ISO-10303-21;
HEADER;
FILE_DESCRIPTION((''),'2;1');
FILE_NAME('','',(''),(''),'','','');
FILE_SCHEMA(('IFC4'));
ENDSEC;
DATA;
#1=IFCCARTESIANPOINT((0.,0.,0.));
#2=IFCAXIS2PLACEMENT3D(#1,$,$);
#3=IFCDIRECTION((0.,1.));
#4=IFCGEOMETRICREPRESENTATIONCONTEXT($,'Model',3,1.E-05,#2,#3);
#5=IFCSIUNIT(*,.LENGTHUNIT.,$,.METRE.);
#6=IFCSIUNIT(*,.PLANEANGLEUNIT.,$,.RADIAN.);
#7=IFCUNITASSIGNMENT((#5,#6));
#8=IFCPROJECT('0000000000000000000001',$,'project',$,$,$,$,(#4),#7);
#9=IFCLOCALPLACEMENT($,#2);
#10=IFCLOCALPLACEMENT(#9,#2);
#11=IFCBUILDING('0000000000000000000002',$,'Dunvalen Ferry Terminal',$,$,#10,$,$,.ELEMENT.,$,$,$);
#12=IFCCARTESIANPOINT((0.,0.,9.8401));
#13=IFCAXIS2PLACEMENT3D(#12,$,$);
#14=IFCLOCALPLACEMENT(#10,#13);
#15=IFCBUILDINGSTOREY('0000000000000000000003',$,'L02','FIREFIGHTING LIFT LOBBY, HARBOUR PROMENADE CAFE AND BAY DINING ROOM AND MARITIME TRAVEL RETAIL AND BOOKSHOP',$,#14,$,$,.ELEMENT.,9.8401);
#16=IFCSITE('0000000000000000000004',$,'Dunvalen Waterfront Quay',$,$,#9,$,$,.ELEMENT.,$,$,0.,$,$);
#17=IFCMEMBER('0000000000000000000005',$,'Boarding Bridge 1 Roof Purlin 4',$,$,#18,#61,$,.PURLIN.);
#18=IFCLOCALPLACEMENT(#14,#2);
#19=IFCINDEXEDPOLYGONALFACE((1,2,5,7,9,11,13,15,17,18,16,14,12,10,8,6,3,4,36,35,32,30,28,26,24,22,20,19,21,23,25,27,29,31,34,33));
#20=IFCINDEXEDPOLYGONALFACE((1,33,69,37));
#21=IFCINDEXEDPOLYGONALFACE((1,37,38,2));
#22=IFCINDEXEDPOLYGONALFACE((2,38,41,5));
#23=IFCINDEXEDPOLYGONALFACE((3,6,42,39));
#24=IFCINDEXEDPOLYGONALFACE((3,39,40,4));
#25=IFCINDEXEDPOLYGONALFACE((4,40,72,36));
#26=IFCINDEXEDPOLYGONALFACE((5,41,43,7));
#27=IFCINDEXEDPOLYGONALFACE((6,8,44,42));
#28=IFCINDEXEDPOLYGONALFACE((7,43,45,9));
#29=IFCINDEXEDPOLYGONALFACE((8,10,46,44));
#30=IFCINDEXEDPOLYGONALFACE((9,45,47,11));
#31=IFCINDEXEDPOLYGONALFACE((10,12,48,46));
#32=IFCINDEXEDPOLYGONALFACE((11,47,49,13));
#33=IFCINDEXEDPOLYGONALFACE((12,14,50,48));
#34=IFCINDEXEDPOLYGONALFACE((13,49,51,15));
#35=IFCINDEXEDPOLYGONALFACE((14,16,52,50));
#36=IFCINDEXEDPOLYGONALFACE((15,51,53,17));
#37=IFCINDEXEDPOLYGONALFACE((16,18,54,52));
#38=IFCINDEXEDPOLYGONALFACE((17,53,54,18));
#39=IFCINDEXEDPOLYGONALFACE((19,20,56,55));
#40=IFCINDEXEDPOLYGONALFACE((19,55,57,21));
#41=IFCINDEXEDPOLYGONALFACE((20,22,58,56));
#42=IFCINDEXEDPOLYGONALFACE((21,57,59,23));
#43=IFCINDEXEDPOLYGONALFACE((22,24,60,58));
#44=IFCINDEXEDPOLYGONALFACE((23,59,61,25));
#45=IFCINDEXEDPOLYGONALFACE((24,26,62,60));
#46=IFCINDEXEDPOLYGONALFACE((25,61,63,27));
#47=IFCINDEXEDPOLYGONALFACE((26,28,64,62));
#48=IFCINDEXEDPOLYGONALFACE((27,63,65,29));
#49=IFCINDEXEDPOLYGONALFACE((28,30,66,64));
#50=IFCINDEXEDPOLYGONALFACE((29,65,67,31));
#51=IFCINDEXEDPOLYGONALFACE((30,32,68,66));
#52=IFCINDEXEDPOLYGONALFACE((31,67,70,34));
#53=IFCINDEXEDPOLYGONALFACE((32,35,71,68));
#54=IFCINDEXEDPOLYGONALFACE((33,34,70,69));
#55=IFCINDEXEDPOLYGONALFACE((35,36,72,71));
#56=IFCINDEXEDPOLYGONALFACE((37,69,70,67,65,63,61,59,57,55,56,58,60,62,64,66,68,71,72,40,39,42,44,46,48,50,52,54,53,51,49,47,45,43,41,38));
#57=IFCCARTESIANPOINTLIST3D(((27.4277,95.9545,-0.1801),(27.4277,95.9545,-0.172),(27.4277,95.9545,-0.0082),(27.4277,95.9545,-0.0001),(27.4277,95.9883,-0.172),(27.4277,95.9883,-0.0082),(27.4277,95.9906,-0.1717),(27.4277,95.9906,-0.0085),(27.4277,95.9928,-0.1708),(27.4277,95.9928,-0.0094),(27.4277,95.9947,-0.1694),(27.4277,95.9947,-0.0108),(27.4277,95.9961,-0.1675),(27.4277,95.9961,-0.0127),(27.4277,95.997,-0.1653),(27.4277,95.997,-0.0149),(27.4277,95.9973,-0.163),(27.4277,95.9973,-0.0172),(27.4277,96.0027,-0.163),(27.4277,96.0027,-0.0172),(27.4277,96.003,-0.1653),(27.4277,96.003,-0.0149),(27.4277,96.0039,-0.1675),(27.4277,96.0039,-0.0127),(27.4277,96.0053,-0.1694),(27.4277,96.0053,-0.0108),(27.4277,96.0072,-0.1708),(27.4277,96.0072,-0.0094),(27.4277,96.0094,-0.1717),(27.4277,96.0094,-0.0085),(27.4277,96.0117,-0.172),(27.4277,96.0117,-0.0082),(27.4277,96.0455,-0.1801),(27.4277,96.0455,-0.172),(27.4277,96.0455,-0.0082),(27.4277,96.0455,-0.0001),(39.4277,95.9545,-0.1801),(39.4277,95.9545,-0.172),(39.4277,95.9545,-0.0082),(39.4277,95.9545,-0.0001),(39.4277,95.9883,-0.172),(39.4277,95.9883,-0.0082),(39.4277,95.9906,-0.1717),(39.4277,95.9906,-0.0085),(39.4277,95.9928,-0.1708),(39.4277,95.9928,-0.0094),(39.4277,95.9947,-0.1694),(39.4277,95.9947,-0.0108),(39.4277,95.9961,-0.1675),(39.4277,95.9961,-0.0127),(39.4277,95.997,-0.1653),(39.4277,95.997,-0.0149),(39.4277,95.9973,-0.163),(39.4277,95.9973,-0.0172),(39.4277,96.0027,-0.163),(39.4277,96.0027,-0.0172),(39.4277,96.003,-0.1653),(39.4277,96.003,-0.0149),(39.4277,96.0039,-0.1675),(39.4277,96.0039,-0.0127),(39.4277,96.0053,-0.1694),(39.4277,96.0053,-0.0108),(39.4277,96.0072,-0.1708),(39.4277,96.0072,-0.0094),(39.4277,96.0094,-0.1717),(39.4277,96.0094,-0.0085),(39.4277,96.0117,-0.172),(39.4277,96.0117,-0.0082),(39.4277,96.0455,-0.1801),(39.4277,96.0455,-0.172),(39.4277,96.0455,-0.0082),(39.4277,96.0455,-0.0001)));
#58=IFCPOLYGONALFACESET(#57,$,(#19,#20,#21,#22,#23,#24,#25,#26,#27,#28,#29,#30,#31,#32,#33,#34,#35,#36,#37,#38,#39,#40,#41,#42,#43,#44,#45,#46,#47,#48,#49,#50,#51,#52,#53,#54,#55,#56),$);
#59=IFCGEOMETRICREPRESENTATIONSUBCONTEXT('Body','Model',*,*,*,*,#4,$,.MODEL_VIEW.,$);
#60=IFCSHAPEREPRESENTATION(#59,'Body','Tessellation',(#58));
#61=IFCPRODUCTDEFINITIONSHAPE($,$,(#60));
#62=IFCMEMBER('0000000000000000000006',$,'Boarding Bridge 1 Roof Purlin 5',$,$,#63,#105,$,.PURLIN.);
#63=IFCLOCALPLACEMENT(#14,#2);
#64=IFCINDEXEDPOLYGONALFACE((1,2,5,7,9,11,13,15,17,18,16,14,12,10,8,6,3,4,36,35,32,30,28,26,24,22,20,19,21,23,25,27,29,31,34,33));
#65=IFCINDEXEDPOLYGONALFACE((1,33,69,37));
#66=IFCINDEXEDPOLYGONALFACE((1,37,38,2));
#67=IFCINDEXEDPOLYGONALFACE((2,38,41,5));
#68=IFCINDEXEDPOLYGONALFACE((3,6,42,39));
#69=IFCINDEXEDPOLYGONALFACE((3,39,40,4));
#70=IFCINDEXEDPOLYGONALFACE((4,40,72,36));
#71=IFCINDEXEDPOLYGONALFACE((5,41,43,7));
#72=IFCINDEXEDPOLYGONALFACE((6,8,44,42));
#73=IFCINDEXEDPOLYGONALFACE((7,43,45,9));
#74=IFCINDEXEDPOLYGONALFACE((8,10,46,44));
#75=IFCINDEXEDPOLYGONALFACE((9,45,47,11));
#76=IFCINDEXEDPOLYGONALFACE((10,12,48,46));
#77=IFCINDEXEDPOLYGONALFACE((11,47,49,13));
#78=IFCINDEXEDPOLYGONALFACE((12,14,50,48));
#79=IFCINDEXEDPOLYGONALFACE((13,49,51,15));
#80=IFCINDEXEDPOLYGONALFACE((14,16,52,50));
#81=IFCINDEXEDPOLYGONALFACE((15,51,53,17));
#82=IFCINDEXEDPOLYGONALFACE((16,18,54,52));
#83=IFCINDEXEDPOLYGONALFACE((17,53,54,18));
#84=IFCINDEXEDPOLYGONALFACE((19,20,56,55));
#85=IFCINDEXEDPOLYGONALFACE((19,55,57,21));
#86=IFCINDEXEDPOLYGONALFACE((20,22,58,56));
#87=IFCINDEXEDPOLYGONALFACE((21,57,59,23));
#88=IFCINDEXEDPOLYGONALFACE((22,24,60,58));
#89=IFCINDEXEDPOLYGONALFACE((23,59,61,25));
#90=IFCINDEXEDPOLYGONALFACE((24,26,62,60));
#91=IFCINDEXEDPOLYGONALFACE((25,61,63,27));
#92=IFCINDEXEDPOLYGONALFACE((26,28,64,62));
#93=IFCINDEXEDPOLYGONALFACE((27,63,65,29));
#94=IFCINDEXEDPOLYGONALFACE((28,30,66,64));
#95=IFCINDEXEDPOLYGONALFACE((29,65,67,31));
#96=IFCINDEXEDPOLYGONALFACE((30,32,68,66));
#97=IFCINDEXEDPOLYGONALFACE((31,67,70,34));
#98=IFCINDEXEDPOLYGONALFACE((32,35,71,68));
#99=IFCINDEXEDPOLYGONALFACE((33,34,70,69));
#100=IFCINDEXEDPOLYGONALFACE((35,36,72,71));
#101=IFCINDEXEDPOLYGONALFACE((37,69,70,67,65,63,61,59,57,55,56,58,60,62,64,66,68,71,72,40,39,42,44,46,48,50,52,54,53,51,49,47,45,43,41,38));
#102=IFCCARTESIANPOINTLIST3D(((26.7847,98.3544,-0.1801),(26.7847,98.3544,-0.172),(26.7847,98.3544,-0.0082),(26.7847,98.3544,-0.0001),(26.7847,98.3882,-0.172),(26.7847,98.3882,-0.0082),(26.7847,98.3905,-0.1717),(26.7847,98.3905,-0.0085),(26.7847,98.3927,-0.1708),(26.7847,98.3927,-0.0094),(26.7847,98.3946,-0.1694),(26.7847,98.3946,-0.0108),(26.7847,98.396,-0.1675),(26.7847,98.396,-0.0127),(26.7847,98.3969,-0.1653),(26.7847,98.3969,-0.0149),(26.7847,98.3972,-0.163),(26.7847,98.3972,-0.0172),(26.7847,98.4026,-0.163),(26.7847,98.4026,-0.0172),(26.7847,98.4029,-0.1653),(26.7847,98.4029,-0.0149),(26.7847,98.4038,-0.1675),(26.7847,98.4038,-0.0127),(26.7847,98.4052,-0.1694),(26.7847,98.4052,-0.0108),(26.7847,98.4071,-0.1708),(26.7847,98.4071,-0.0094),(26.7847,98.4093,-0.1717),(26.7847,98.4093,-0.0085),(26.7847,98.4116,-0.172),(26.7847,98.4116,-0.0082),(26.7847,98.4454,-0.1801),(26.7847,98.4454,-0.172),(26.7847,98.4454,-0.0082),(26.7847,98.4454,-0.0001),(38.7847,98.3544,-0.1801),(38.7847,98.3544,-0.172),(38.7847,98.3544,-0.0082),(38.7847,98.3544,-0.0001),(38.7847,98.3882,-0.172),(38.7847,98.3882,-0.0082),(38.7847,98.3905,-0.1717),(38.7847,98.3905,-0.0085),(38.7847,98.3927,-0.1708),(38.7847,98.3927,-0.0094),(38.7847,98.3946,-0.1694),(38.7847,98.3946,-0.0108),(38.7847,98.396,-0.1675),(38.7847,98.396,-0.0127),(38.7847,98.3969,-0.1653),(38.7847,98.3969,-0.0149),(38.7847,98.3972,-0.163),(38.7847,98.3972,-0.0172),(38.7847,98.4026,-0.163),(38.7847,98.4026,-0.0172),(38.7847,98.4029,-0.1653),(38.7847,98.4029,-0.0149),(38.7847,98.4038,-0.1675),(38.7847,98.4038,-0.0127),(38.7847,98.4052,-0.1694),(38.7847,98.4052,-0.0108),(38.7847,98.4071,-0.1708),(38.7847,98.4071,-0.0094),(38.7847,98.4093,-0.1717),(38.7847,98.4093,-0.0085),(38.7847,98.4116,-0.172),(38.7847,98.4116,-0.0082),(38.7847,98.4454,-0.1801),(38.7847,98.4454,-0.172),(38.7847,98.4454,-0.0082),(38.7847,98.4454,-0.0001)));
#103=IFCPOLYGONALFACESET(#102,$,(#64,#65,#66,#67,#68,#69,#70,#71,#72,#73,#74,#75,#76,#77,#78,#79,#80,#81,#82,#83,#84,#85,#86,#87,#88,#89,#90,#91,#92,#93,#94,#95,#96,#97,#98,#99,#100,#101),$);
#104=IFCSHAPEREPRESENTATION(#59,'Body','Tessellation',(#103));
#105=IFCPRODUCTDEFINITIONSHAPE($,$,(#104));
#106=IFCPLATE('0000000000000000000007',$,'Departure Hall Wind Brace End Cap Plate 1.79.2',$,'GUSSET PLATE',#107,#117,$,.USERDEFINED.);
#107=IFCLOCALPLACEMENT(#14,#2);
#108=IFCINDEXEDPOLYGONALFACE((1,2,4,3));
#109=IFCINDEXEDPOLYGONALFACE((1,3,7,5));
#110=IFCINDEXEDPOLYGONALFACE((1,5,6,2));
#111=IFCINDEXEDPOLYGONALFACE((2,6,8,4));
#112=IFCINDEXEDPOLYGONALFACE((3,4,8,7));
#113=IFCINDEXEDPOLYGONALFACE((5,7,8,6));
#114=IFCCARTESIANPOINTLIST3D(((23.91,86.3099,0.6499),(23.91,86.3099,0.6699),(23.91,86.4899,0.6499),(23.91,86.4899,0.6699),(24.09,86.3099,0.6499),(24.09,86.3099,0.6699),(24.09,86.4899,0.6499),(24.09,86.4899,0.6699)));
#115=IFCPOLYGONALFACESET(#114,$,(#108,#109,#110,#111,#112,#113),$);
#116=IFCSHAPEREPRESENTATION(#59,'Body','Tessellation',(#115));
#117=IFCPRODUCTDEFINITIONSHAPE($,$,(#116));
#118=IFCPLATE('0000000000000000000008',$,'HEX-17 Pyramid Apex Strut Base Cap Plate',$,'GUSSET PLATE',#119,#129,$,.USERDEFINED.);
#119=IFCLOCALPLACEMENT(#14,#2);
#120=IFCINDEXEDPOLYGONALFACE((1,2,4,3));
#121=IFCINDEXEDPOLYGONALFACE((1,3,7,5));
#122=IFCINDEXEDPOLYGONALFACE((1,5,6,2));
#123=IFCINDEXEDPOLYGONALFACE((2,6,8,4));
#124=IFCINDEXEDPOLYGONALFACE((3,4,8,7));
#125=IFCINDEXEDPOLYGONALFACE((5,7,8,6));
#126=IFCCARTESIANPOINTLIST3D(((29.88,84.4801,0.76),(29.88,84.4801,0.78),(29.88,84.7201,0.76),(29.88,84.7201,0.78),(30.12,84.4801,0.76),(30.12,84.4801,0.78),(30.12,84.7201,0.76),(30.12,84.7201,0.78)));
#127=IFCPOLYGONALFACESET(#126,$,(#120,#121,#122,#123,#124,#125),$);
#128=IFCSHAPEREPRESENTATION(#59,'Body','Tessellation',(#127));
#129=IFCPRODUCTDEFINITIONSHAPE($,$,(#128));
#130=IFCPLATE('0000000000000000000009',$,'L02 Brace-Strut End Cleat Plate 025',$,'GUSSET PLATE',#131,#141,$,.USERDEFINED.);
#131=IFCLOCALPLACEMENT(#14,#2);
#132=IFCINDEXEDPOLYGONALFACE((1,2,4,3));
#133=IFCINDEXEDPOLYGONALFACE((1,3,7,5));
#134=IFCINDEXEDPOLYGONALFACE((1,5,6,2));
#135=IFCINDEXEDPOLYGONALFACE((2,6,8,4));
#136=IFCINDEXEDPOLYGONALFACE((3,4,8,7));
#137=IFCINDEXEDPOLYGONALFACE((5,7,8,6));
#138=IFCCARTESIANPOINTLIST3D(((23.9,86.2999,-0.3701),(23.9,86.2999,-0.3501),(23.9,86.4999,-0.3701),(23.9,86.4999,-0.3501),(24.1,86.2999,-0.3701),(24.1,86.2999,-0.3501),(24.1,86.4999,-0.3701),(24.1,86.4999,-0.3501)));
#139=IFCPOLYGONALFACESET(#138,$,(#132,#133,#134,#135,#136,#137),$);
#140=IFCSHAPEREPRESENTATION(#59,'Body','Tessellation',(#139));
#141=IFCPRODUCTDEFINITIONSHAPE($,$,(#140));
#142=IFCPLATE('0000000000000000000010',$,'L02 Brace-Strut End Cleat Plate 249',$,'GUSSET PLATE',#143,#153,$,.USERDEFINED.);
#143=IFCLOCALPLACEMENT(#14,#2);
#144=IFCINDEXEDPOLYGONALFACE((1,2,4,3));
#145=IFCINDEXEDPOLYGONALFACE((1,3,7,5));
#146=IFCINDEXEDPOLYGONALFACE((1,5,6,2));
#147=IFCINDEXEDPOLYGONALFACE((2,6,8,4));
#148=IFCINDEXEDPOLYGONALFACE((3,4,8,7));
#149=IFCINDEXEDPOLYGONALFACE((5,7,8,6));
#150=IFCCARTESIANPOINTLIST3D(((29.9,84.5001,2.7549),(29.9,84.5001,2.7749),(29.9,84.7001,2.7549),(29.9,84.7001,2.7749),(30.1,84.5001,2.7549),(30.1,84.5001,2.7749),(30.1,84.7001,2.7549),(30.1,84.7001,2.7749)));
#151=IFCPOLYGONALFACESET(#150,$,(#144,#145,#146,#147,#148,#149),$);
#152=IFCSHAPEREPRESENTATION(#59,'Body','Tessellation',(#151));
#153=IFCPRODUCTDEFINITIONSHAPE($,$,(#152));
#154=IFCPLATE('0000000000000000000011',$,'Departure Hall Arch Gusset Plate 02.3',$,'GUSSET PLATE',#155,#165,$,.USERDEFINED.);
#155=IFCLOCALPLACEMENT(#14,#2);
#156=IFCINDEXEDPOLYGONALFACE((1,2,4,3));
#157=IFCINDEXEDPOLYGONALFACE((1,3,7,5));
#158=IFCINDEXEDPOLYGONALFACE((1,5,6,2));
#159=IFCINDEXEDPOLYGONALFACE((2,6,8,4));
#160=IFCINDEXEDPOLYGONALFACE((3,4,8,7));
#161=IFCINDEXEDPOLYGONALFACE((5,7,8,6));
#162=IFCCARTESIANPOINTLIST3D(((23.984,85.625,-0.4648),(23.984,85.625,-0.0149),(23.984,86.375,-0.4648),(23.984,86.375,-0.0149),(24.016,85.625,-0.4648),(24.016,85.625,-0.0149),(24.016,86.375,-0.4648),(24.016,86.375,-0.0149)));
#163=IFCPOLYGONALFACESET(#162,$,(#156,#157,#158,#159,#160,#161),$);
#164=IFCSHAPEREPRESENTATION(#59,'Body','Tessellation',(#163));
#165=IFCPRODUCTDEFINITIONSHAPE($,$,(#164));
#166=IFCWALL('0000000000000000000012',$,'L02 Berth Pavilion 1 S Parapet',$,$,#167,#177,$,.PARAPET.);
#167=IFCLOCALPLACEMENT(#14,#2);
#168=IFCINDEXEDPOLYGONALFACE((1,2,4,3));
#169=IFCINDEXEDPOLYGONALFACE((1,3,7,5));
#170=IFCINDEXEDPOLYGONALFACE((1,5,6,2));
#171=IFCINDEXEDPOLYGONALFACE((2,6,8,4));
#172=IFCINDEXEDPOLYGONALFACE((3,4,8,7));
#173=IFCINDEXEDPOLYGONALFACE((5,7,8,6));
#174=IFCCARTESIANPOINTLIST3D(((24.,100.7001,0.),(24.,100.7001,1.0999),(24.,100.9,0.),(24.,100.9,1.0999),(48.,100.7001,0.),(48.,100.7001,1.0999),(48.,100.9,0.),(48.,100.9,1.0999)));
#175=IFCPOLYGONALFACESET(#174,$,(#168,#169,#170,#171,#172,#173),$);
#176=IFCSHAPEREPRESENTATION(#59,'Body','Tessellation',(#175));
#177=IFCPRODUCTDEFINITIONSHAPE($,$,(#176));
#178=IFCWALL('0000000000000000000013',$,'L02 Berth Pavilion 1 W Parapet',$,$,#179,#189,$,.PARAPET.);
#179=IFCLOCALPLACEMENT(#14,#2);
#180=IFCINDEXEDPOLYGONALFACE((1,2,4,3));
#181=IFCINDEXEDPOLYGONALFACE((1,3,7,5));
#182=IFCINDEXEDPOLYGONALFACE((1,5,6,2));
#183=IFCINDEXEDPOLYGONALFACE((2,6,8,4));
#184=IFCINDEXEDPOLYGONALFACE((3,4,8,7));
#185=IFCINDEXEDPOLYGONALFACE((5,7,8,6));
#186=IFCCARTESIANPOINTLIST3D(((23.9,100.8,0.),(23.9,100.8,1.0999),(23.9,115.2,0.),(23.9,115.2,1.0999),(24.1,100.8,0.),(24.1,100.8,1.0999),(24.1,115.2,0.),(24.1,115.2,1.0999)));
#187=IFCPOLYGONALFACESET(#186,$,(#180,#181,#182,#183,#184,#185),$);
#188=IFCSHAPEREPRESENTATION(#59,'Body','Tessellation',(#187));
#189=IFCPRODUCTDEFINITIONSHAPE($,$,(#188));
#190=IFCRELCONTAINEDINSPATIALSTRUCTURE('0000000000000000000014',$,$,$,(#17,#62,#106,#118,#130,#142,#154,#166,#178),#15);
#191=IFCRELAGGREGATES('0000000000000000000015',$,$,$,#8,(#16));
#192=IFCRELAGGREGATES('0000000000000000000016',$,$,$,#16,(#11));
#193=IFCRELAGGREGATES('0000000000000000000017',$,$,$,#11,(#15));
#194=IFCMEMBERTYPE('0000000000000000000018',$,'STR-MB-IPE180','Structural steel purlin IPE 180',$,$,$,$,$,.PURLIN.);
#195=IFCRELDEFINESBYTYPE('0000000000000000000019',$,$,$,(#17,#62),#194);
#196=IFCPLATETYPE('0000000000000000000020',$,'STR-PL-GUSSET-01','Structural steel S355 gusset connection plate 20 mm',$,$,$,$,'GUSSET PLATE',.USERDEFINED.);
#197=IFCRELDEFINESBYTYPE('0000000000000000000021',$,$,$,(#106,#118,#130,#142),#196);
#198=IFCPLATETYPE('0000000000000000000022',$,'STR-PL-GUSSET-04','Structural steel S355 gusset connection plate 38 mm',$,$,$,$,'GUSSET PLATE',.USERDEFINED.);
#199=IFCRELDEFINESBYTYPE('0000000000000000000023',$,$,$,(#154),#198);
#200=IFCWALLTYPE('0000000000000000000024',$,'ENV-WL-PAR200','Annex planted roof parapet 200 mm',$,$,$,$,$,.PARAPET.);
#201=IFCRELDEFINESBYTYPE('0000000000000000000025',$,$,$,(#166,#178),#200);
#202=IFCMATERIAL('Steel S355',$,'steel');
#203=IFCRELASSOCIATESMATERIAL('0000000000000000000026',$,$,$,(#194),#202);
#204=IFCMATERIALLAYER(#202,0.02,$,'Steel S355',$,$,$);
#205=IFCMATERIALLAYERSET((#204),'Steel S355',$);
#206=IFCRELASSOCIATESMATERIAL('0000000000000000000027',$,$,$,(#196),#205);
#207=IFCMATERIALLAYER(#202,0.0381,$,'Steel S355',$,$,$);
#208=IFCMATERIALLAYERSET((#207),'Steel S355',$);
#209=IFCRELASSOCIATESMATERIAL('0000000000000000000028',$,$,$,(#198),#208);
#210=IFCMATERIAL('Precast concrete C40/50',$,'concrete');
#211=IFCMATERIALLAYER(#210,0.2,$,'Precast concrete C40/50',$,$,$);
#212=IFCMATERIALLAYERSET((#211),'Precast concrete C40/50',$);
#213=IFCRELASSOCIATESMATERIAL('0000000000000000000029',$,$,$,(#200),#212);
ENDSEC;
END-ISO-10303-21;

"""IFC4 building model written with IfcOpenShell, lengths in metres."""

from ifc_helpers import new_model, si_unit, direction, frame, frame_2d, origin, origin_2d, place, context, subcontext, project, spatial, rectangle, i_section, extrude, material, layer, layer_set, material_profile, profile_set, type_object, element, save


model = new_model("IFC4")

# Units and contexts
model_context = context("Model", 3, precision=1e-05, world=origin(), true_north=direction((0.0, 1.0)))
body_context = subcontext(model_context, "Body", "Model", "MODEL_VIEW")
ifc_project = project(units=[si_unit("LENGTHUNIT", "METRE"), si_unit("PLANEANGLEUNIT", "RADIAN")], contexts=[model_context])

# Site, building, storey
site_placement = place(None, origin())
site = spatial("IfcSite", under=ifc_project, at=site_placement, Name="Dunvalen Waterfront Quay", CompositionType="ELEMENT", RefElevation=0.0)
building_placement = place(site_placement, origin())
building = spatial("IfcBuilding", under=site, at=building_placement, Name="Dunvalen Ferry Terminal", CompositionType="ELEMENT")
storey_placement = place(building_placement, frame((0.0, 0.0, 9.8401)))
storey = spatial("IfcBuildingStorey", under=building, at=storey_placement, Name="L02", Description="FIREFIGHTING LIFT LOBBY, HARBOUR PROMENADE CAFE AND BAY DINING ROOM AND MARITIME TRAVEL RETAIL AND BOOKSHOP", CompositionType="ELEMENT", Elevation=9.8401)

# Shared definitions
ifc_material_1 = material(Name="Steel S355", Category="steel")

# Members
ifc_material_profile_1 = material_profile(ifc_material_1, i_section(OverallWidth=0.0911, OverallDepth=0.1799, WebThickness=0.0054, FlangeThickness=0.0081, FilletRadius=0.009, at=origin_2d()), Name="Steel S355")
ifc_profile_set_1 = profile_set([ifc_material_profile_1], Name="Steel S355")
member_type = type_object("IfcMemberType", Name="STR-MB-IPE180", Description="Structural steel purlin IPE 180", PredefinedType="PURLIN", material=ifc_profile_set_1)
for number, where, z_axis, x_axis, name in (
    (1, (27.4277, 96.0, -0.0901), (1.0, 0.0, 0.0), (0.0, 1.0, 0.0), "Boarding Bridge 1 Roof Purlin 4"),
    (2, (26.7847, 98.3999, -0.0901), (1.0, 0.0, 0.0), (0.0, 1.0, 0.0), "Boarding Bridge 1 Roof Purlin 5"),
):
    element("IfcMember", number, at=place(storey_placement, frame(where, z_axis=z_axis, x_axis=x_axis)), inside=storey, type_object=member_type, Name=name, PredefinedType="PURLIN", context=body_context, shape_type="SweptSolid", body=[
        extrude(i_section(OverallWidth=0.0911, OverallDepth=0.1799, WebThickness=0.0054, FlangeThickness=0.0081, FilletRadius=0.009, at=origin_2d()), origin(), (0.0, 0.0, 1.0), 12.0),
    ])

# Plates
ifc_layer_1 = layer(ifc_material_1, 0.02, Name="Steel S355")
ifc_layer_set_1 = layer_set([ifc_layer_1], Name="Steel S355")
plate_type_1 = type_object("IfcPlateType", Name="STR-PL-GUSSET-01", Description="Structural steel S355 gusset connection plate 20 mm", ElementType="GUSSET PLATE", PredefinedType="USERDEFINED", material=ifc_layer_set_1)
plate_1_placement = place(storey_placement, frame((24.0, 86.3999, 0.6499), z_axis=(0.0, 0.0, 1.0), x_axis=(1.0, 0.0, 0.0)))
element("IfcPlate", 3, at=plate_1_placement, inside=storey, type_object=plate_type_1, Name="Departure Hall Wind Brace End Cap Plate 1.79.2", ObjectType="GUSSET PLATE", PredefinedType="USERDEFINED", context=body_context, shape_type="SweptSolid", body=[
    extrude(rectangle(XDim=0.1799, YDim=0.1799, at=origin_2d()), origin(), (0.0, 0.0, 1.0), 0.02),
])
plate_2_placement = place(storey_placement, frame((30.0, 84.6001, 0.76), z_axis=(0.0, 0.0, 1.0), x_axis=(1.0, 0.0, 0.0)))
element("IfcPlate", 4, at=plate_2_placement, inside=storey, type_object=plate_type_1, Name="HEX-17 Pyramid Apex Strut Base Cap Plate", ObjectType="GUSSET PLATE", PredefinedType="USERDEFINED", context=body_context, shape_type="SweptSolid", body=[
    extrude(rectangle(XDim=0.24, YDim=0.24, at=origin_2d()), origin(), (0.0, 0.0, 1.0), 0.02),
])
for number, where, z_axis, x_axis, name in (
    (5, (24.0, 86.3999, -0.3701), (0.0, 0.0, 1.0), (1.0, 0.0, 0.0), "L02 Brace-Strut End Cleat Plate 025"),
    (6, (30.0, 84.6001, 2.7549), (0.0, 0.0, 1.0), (1.0, 0.0, 0.0), "L02 Brace-Strut End Cleat Plate 249"),
):
    element("IfcPlate", number, at=place(storey_placement, frame(where, z_axis=z_axis, x_axis=x_axis)), inside=storey, type_object=plate_type_1, Name=name, ObjectType="GUSSET PLATE", PredefinedType="USERDEFINED", context=body_context, shape_type="SweptSolid", body=[
        extrude(rectangle(XDim=0.2, YDim=0.2, at=origin_2d()), origin(), (0.0, 0.0, 1.0), 0.02),
    ])
ifc_layer_2 = layer(ifc_material_1, 0.0381, Name="Steel S355")
ifc_layer_set_2 = layer_set([ifc_layer_2], Name="Steel S355")
plate_type_2 = type_object("IfcPlateType", Name="STR-PL-GUSSET-04", Description="Structural steel S355 gusset connection plate 38 mm", ElementType="GUSSET PLATE", PredefinedType="USERDEFINED", material=ifc_layer_set_2)
plate_3_placement = place(storey_placement, frame((24.0, 86.0, -0.4648), z_axis=(0.0, 0.0, 1.0), x_axis=(1.0, 0.0, 0.0)))
element("IfcPlate", 7, at=plate_3_placement, inside=storey, type_object=plate_type_2, Name="Departure Hall Arch Gusset Plate 02.3", ObjectType="GUSSET PLATE", PredefinedType="USERDEFINED", context=body_context, shape_type="SweptSolid", body=[
    extrude(rectangle(XDim=0.032, YDim=0.75, at=origin_2d()), origin(), (0.0, 0.0, 1.0), 0.45),
])

# Walls
ifc_material_2 = material(Name="Precast concrete C40/50", Category="concrete")
ifc_layer_3 = layer(ifc_material_2, 0.2, Name="Precast concrete C40/50")
ifc_layer_set_3 = layer_set([ifc_layer_3], Name="Precast concrete C40/50")
wall_type = type_object("IfcWallType", Name="ENV-WL-PAR200", Description="Annex planted roof parapet 200 mm", PredefinedType="PARAPET", material=ifc_layer_set_3)
wall_1_placement = place(storey_placement, frame((24.0, 100.8, 0.0), z_axis=(0.0, 0.0, 1.0), x_axis=(1.0, 0.0, 0.0)))
element("IfcWall", 8, at=wall_1_placement, inside=storey, type_object=wall_type, Name="L02 Berth Pavilion 1 S Parapet", PredefinedType="PARAPET", context=body_context, shape_type="SweptSolid", body=[
    extrude(rectangle(XDim=24.0, YDim=0.2, at=frame_2d((12.0, 0.0))), origin(), (0.0, 0.0, 1.0), 1.0999),
])
wall_2_placement = place(storey_placement, frame((24.0, 115.2, 0.0), z_axis=(0.0, 0.0, 1.0), x_axis=(0.0, -1.0, 0.0)))
element("IfcWall", 9, at=wall_2_placement, inside=storey, type_object=wall_type, Name="L02 Berth Pavilion 1 W Parapet", PredefinedType="PARAPET", context=body_context, shape_type="SweptSolid", body=[
    extrude(rectangle(XDim=14.3999, YDim=0.2, at=frame_2d((7.2, 0.0))), origin(), (0.0, 0.0, 1.0), 1.0999),
])

save(model, "model.ifc")
